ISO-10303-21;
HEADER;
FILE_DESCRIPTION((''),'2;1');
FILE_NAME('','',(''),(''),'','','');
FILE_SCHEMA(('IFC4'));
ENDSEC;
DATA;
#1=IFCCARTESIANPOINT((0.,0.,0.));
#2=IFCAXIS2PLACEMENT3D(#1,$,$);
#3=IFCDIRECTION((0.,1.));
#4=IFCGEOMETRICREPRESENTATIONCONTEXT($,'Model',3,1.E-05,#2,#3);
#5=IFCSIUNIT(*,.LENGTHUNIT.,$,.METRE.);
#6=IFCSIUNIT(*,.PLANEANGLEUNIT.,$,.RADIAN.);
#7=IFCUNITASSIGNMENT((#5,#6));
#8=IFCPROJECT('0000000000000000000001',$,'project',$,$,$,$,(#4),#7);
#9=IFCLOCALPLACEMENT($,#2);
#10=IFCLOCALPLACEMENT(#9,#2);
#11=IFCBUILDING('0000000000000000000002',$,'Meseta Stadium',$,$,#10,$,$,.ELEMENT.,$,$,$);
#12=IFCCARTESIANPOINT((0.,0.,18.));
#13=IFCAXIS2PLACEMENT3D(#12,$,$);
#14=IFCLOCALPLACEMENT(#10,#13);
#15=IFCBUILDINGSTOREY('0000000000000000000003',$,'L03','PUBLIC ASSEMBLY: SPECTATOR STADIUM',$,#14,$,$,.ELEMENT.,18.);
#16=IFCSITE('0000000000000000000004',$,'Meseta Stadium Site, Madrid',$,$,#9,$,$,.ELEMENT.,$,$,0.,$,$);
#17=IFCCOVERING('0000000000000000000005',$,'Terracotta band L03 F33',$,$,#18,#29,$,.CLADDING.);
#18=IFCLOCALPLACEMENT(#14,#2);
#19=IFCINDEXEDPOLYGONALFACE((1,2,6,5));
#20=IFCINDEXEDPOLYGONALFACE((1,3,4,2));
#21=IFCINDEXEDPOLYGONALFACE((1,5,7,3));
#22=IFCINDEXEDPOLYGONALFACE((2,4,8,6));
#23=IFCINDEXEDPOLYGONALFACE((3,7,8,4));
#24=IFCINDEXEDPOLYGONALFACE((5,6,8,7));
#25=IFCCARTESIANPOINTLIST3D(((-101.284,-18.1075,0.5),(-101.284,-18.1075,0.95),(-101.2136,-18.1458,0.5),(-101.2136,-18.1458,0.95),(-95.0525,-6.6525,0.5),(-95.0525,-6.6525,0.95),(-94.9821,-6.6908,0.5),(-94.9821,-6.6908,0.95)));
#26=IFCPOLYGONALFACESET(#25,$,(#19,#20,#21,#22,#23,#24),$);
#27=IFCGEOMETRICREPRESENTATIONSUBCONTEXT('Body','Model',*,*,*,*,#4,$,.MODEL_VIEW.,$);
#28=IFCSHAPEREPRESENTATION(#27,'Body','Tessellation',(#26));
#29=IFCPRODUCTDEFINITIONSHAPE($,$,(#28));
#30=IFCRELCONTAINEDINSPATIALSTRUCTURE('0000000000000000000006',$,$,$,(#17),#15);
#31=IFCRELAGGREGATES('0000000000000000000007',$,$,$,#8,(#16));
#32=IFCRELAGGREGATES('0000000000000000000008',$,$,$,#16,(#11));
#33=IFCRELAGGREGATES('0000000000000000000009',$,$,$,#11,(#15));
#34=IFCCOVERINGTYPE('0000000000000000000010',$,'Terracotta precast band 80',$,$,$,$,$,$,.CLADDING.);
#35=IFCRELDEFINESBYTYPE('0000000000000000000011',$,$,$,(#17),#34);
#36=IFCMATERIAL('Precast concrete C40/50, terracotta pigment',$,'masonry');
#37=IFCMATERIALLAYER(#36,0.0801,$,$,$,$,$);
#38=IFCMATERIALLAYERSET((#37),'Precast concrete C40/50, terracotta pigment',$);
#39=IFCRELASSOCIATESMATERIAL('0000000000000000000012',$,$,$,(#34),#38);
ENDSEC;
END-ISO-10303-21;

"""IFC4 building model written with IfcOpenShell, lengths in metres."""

from ifc_helpers import new_model, si_unit, direction, frame, origin, origin_2d, place, context, subcontext, project, spatial, rectangle, extrude, material, layer, layer_set, type_object, element, save


model = new_model("IFC4")

# Units and contexts
model_context = context("Model", 3, precision=1e-05, world=origin(), true_north=direction((0.0, 1.0)))
body_context = subcontext(model_context, "Body", "Model", "MODEL_VIEW")
ifc_project = project(units=[si_unit("LENGTHUNIT", "METRE"), si_unit("PLANEANGLEUNIT", "RADIAN")], contexts=[model_context])

# Site, building, storey
site_placement = place(None, origin())
site = spatial("IfcSite", under=ifc_project, at=site_placement, Name="Meseta Stadium Site, Madrid", CompositionType="ELEMENT", RefElevation=0.0)
building_placement = place(site_placement, origin())
building = spatial("IfcBuilding", under=site, at=building_placement, Name="Meseta Stadium", CompositionType="ELEMENT")
storey_placement = place(building_placement, frame((0.0, 0.0, 18.0)))
storey = spatial("IfcBuildingStorey", under=building, at=storey_placement, Name="L03", Description="PUBLIC ASSEMBLY: SPECTATOR STADIUM", CompositionType="ELEMENT", Elevation=18.0)

# Covering
ifc_material_1 = material(Name="Precast concrete C40/50, terracotta pigment", Category="masonry")
ifc_layer_1 = layer(ifc_material_1, 0.0801)
ifc_layer_set_1 = layer_set([ifc_layer_1], Name="Precast concrete C40/50, terracotta pigment")
covering_type_1 = type_object("IfcCoveringType", Name="Terracotta precast band 80", PredefinedType="CLADDING", material=ifc_layer_set_1)
for number, where, z_axis, x_axis, name in (
    (1, (-98.1331, -12.3992, 0.5), (0.0, 0.0, 1.0), (0.477867, 0.878432, 0.0), "Terracotta band L03 F33"),
):
    element("IfcCovering", number, at=place(storey_placement, frame(where, z_axis=z_axis, x_axis=x_axis)), inside=storey, type_object=covering_type_1, Name=name, PredefinedType="CLADDING", context=body_context, shape_type="SweptSolid", body=[
        extrude(rectangle(XDim=13.0403, YDim=0.0801, at=origin_2d()), origin(), (0.0, 0.0, 1.0), 0.45),
    ])

save(model, "model.ifc")
